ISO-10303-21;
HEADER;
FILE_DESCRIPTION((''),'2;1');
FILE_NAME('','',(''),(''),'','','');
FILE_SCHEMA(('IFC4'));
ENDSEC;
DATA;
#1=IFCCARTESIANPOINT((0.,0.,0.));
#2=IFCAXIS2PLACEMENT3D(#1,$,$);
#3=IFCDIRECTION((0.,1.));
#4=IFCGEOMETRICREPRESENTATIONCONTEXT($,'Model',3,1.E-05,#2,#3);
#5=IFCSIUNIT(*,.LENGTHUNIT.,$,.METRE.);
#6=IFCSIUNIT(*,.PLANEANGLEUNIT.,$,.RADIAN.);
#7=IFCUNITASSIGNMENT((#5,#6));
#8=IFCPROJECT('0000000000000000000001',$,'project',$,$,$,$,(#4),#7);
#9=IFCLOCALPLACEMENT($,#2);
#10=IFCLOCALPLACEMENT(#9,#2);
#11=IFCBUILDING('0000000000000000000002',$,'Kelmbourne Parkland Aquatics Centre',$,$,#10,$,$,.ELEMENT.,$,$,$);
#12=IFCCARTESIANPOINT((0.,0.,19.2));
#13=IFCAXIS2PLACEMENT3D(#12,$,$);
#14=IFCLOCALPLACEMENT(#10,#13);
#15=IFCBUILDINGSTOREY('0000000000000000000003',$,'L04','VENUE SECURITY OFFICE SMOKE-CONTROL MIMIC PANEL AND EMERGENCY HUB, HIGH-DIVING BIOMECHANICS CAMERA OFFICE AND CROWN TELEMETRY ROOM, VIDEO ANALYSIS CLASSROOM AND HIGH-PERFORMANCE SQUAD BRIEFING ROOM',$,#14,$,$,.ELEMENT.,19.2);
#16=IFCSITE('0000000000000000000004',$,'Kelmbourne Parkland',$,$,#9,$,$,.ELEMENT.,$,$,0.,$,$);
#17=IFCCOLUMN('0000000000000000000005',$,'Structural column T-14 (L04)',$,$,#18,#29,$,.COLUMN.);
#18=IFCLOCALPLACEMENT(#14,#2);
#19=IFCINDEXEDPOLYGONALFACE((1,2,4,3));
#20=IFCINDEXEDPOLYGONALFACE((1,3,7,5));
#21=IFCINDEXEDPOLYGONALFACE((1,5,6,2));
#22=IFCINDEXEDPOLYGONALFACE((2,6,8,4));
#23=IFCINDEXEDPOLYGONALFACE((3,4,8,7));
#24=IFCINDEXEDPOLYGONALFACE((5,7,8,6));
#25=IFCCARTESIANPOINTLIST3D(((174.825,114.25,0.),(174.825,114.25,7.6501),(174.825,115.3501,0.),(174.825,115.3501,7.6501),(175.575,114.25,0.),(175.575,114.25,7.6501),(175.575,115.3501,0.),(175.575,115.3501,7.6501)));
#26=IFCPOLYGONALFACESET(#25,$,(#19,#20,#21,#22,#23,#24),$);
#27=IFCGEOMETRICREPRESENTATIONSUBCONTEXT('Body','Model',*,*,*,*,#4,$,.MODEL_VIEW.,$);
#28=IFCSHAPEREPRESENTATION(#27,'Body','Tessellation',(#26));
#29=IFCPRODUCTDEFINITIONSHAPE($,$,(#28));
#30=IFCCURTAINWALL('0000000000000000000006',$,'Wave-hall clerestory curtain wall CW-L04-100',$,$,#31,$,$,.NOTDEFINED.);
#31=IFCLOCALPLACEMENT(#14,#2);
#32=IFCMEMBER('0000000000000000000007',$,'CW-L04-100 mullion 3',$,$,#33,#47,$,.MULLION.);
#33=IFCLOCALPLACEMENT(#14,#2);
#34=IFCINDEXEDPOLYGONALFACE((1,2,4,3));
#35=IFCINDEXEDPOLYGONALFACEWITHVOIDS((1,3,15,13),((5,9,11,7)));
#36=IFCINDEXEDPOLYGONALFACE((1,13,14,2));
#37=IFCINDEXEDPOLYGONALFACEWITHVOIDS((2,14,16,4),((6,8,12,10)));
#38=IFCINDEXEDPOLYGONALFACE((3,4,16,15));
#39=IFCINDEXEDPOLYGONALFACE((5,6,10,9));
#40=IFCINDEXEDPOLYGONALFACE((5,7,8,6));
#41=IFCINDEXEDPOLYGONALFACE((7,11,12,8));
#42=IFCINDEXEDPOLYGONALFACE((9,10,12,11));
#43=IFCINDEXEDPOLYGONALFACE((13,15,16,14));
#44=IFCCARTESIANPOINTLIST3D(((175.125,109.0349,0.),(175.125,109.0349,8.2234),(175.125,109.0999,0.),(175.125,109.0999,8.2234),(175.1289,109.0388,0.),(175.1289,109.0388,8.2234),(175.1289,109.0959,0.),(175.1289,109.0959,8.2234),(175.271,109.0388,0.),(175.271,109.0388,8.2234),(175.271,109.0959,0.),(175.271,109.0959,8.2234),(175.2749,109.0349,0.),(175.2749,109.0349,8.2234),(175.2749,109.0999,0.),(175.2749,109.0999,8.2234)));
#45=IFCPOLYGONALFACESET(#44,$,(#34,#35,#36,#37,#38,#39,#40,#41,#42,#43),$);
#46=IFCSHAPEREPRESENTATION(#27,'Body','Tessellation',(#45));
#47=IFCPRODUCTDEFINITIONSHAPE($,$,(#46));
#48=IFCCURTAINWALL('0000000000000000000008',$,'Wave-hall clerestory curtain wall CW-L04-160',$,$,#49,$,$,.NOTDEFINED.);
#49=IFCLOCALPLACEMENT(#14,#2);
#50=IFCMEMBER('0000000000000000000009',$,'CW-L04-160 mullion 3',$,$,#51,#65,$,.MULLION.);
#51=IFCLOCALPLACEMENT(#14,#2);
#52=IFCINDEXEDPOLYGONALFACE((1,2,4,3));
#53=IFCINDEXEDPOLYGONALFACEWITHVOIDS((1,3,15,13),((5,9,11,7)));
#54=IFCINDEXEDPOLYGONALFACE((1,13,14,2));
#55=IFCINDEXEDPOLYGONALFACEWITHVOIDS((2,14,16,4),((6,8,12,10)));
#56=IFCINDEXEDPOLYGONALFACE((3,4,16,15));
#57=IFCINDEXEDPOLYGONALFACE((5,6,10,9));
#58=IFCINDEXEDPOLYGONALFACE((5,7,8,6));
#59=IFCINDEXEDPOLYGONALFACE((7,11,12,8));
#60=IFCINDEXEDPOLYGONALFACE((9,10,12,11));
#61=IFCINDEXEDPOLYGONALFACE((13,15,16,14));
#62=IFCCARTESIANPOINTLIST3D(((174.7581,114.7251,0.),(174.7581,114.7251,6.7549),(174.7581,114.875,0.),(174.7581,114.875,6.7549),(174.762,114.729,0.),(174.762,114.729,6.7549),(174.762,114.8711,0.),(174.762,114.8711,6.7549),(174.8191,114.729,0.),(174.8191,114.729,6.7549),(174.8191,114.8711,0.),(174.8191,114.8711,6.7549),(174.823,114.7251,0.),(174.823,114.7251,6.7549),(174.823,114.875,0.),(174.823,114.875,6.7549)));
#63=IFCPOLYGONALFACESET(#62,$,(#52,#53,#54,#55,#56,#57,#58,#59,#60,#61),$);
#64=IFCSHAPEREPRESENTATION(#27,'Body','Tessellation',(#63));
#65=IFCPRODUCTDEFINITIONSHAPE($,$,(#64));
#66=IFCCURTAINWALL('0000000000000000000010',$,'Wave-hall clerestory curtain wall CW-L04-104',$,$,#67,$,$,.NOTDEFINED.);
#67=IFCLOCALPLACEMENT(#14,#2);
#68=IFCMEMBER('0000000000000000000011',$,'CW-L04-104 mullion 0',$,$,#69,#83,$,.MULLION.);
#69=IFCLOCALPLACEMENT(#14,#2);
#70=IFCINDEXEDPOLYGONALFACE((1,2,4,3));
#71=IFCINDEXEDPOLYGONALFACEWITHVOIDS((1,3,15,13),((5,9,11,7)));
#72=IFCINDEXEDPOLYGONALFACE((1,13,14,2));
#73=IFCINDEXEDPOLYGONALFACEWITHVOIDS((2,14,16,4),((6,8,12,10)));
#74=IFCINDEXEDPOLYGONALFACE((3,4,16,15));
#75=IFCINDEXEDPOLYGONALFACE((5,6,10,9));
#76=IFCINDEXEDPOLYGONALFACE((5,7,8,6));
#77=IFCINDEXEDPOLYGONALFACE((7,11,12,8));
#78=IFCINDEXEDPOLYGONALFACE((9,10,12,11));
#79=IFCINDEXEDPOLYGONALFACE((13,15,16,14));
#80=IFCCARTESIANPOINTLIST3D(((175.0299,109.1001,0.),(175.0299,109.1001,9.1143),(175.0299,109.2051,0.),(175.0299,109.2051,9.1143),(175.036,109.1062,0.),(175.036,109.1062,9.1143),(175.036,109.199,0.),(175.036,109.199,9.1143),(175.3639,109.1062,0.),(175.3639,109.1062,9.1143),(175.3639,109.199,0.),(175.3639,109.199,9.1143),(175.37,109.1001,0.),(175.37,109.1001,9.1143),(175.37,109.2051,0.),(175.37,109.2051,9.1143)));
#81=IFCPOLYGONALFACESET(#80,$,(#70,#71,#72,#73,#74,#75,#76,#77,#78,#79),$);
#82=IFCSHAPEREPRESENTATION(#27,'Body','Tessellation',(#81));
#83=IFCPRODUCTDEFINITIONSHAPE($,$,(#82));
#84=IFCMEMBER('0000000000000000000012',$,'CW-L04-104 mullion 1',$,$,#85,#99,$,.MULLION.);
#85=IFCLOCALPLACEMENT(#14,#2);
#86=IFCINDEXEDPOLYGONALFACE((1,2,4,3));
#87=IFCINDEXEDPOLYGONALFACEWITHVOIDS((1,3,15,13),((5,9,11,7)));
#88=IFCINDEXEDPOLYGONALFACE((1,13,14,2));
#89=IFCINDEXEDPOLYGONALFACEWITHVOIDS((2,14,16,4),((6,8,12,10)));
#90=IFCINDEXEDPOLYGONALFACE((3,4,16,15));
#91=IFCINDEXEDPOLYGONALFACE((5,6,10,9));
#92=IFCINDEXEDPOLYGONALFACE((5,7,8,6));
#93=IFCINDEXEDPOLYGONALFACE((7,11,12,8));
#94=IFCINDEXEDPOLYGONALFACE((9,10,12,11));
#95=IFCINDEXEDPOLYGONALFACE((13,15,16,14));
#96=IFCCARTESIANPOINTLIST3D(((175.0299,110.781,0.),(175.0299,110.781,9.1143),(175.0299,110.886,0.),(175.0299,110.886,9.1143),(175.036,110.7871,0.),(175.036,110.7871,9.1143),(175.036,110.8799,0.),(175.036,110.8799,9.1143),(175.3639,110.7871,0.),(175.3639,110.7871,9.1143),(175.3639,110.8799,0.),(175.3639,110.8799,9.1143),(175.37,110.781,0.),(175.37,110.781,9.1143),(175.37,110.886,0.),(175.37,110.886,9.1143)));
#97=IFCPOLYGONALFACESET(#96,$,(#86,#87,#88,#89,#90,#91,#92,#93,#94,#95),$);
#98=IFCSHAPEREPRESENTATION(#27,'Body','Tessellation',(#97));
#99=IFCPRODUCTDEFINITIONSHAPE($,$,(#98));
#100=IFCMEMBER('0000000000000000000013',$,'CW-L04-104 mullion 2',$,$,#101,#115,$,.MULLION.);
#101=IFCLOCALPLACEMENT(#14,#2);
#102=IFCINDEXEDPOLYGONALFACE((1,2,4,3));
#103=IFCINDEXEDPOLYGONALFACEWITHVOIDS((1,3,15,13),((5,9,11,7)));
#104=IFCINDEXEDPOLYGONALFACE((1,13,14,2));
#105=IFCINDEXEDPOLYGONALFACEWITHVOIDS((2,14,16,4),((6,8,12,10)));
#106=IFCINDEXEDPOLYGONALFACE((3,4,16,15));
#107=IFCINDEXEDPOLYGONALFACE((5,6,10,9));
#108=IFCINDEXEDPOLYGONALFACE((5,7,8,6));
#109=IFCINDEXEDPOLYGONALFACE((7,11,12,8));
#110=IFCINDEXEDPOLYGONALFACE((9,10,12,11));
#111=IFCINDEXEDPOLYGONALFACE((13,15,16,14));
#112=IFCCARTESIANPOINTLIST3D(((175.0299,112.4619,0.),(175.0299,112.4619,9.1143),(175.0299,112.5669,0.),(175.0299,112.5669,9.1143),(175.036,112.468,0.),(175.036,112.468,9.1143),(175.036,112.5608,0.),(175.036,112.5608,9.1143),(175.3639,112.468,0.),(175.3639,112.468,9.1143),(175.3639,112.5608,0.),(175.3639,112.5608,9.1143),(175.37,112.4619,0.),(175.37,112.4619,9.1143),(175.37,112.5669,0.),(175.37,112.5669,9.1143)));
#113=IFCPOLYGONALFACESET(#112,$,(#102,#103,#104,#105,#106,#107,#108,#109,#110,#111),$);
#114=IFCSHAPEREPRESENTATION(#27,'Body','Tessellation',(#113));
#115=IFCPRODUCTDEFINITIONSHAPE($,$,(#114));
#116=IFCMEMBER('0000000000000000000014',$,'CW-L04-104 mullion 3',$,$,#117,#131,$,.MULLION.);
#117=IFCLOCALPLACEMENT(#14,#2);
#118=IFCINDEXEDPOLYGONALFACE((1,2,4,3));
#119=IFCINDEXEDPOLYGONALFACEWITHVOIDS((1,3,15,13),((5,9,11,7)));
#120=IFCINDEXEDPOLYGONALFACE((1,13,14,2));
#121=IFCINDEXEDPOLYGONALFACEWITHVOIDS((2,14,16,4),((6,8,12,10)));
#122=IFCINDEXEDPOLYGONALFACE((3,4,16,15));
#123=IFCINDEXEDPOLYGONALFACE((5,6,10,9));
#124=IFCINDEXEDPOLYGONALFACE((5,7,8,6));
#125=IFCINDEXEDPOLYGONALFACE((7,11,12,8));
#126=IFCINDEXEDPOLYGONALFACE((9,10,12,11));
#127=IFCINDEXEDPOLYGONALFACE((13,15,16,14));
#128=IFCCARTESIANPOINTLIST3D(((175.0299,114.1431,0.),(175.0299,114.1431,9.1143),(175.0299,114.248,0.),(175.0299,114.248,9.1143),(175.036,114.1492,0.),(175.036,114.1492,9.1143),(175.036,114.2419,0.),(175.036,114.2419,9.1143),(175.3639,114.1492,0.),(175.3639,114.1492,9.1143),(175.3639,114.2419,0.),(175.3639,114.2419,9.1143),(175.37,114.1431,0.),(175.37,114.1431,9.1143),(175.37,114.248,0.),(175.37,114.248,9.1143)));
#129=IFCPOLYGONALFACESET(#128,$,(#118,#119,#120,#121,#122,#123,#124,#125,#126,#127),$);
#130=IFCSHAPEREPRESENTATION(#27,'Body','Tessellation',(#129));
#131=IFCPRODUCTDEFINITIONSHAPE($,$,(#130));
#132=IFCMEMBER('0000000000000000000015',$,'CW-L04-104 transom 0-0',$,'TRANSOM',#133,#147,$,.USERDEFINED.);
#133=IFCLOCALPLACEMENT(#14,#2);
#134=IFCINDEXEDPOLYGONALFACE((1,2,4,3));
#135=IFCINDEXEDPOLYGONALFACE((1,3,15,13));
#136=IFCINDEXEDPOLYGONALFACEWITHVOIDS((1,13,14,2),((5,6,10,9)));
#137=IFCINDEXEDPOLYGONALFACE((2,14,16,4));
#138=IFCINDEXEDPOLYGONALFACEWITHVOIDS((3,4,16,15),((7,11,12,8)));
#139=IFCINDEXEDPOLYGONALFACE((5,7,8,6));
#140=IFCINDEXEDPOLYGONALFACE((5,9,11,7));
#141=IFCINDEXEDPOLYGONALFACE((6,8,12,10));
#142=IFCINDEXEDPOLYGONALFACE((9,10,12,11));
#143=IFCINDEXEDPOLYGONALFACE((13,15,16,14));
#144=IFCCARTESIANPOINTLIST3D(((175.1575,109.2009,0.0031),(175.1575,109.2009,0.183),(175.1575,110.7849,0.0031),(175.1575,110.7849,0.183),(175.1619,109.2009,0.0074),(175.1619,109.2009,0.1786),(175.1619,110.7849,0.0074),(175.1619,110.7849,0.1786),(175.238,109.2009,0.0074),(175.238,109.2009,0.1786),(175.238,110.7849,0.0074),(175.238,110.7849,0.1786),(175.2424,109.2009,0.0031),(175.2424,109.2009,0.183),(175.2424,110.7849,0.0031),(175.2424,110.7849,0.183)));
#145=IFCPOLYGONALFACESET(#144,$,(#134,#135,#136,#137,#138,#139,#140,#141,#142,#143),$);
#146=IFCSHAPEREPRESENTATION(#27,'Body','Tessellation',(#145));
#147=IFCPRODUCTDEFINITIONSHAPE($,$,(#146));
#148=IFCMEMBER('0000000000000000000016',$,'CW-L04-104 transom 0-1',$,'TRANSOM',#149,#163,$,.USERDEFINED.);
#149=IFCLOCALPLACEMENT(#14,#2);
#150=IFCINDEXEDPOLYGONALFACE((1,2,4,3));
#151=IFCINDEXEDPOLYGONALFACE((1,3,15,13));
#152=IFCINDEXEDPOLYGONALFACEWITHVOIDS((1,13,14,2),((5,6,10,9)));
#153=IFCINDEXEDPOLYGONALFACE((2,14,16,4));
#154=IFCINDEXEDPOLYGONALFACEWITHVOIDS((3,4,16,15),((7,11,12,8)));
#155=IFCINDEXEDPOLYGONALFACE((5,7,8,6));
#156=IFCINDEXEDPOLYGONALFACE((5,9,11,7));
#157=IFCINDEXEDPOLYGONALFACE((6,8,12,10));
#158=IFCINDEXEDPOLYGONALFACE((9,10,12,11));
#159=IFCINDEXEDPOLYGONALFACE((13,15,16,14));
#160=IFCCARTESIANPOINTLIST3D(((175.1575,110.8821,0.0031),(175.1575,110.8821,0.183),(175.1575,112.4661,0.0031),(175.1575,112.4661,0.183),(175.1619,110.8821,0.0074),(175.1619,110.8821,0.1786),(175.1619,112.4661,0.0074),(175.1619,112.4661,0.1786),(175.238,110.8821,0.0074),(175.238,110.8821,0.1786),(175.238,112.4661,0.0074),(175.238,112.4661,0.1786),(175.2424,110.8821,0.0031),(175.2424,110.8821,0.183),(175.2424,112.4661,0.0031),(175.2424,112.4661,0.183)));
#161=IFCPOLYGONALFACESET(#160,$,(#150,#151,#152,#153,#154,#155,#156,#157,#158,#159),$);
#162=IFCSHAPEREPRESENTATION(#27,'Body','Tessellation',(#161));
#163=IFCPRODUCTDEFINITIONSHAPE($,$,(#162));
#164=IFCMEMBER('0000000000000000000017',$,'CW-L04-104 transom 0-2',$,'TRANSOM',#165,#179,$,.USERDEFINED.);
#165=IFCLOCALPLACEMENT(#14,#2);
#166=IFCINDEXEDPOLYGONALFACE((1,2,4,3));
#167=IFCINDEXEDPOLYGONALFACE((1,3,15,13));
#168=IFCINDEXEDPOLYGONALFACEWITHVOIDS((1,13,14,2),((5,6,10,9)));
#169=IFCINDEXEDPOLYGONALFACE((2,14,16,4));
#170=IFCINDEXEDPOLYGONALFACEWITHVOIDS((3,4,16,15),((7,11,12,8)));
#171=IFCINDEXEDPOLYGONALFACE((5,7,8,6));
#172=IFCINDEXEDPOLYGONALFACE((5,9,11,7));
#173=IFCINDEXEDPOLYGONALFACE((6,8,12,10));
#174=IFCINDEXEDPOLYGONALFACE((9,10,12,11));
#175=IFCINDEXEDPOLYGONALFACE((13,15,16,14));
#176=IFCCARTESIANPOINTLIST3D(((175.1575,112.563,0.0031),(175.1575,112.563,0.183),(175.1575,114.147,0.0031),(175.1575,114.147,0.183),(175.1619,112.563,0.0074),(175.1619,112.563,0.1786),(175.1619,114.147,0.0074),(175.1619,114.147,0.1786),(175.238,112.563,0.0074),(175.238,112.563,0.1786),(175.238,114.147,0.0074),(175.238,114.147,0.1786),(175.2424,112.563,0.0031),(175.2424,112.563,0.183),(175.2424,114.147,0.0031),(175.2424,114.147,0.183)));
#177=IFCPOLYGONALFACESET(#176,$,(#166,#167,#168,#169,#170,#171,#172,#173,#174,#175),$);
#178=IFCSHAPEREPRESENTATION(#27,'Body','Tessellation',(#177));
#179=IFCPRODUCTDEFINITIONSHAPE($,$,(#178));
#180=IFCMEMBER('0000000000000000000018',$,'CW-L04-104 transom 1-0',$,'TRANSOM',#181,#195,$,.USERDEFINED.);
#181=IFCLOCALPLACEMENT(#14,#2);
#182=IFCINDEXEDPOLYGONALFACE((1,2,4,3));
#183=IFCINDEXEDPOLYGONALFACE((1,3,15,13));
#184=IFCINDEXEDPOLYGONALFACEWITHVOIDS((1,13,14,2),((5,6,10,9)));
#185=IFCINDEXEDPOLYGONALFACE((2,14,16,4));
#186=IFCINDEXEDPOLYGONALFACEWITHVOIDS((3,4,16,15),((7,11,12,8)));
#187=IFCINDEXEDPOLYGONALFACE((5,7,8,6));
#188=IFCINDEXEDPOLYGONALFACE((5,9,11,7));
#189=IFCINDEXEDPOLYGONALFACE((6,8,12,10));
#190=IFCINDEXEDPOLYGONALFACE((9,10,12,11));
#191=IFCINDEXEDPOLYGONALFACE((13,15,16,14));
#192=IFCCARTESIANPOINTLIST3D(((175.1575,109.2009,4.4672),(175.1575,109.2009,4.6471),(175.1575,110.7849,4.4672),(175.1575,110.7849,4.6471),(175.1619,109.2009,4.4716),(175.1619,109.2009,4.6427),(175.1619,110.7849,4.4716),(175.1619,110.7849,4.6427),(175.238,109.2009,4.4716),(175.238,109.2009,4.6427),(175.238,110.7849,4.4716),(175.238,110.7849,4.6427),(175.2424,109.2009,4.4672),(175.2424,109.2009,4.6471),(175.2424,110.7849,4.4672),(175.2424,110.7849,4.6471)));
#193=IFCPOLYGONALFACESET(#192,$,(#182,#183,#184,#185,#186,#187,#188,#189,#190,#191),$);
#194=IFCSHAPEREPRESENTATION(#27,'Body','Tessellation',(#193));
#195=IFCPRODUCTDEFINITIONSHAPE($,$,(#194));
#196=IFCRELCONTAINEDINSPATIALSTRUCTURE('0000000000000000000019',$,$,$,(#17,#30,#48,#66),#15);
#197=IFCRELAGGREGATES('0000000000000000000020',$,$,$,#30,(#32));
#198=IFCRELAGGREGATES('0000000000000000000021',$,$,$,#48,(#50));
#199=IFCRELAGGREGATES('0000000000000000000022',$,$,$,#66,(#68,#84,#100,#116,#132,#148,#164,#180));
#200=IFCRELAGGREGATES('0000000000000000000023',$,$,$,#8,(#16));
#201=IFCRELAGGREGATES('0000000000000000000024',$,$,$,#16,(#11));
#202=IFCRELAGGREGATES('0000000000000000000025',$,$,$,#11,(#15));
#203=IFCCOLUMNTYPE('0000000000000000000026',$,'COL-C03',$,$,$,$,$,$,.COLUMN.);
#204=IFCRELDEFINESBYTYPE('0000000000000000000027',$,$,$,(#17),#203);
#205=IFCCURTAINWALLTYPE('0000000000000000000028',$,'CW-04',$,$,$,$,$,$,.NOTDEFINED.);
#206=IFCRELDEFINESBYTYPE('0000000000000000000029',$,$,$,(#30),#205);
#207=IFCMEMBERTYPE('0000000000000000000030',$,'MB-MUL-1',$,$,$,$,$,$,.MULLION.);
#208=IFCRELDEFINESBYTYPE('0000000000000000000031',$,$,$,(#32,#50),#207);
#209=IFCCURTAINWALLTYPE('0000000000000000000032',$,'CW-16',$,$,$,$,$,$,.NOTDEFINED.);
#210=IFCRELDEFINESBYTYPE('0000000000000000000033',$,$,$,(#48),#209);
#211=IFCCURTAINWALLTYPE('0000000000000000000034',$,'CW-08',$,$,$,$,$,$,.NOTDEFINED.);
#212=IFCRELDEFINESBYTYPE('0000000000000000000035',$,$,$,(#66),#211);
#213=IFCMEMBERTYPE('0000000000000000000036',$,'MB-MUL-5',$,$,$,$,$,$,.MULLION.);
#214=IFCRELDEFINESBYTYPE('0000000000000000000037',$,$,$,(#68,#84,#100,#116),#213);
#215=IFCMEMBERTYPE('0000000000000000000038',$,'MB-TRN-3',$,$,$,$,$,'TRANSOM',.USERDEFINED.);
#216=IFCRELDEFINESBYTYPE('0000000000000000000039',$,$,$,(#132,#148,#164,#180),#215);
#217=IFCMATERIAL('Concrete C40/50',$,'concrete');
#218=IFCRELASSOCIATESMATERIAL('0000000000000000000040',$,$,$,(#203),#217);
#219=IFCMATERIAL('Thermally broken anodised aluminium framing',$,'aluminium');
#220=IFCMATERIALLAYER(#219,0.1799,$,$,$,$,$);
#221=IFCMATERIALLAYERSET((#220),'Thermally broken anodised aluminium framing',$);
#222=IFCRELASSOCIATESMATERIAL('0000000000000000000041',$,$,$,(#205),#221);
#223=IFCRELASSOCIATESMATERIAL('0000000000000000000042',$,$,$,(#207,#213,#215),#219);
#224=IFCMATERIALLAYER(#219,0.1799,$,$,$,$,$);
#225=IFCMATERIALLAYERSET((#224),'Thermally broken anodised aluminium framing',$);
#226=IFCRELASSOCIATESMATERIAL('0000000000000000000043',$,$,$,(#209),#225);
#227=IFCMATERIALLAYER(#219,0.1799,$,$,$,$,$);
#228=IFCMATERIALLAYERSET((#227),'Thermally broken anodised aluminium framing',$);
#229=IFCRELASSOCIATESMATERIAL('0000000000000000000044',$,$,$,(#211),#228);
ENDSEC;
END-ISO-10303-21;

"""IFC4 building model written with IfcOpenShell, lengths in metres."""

from ifc_helpers import new_model, si_unit, direction, frame, origin, origin_2d, place, context, subcontext, project, spatial, rectangle, hollow_rectangle, extrude, material, layer, layer_set, material_profile, profile_set, type_object, element, aggregate, save


model = new_model("IFC4")

# Units and contexts
model_context = context("Model", 3, precision=1e-05, world=origin(), true_north=direction((0.0, 1.0)))
body_context = subcontext(model_context, "Body", "Model", "MODEL_VIEW")
ifc_project = project(units=[si_unit("LENGTHUNIT", "METRE"), si_unit("PLANEANGLEUNIT", "RADIAN")], contexts=[model_context])

# Site, building, storey
site_placement = place(None, origin())
site = spatial("IfcSite", under=ifc_project, at=site_placement, Name="Kelmbourne Parkland", CompositionType="ELEMENT", RefElevation=0.0)
building_placement = place(site_placement, origin())
building = spatial("IfcBuilding", under=site, at=building_placement, Name="Kelmbourne Parkland Aquatics Centre", CompositionType="ELEMENT")
storey_placement = place(building_placement, frame((0.0, 0.0, 19.2)))
storey = spatial("IfcBuildingStorey", under=building, at=storey_placement, Name="L04", Description="VENUE SECURITY OFFICE SMOKE-CONTROL MIMIC PANEL AND EMERGENCY HUB, HIGH-DIVING BIOMECHANICS CAMERA OFFICE AND CROWN TELEMETRY ROOM, VIDEO ANALYSIS CLASSROOM AND HIGH-PERFORMANCE SQUAD BRIEFING ROOM", CompositionType="ELEMENT", Elevation=19.2)

# Column
ifc_material_1 = material(Name="Concrete C40/50", Category="concrete")
ifc_material_profile_1 = material_profile(ifc_material_1, rectangle(XDim=0.75, YDim=1.1001, at=origin_2d()), Name="RC 750x1100")
ifc_profile_set_1 = profile_set([ifc_material_profile_1], Name="Concrete C40/50")
column_type = type_object("IfcColumnType", Name="COL-C03", PredefinedType="COLUMN", material=ifc_profile_set_1)
column_placement = place(storey_placement, frame((175.2, 114.8, 0.0), z_axis=(0.0, 0.0, 1.0), x_axis=(1.0, 0.0, 0.0)))
element("IfcColumn", 1, at=column_placement, inside=storey, type_object=column_type, Name="Structural column T-14 (L04)", PredefinedType="COLUMN", context=body_context, shape_type="SweptSolid", body=[
    extrude(rectangle(XDim=0.75, YDim=1.1001, at=origin_2d()), origin(), (0.0, 0.0, 1.0), 7.6501),
])

# Curtain walls, members
ifc_material_2 = material(Name="Thermally broken anodised aluminium framing", Category="aluminium")
ifc_layer_1 = layer(ifc_material_2, 0.1799)
ifc_layer_set_1 = layer_set([ifc_layer_1], Name="Thermally broken anodised aluminium framing")
curtain_wall_type_1 = type_object("IfcCurtainWallType", Name="CW-04", PredefinedType="NOTDEFINED", material=ifc_layer_set_1)
curtain_wall_1_placement = place(storey_placement, origin())
curtain_wall_1 = element("IfcCurtainWall", 2, at=curtain_wall_1_placement, inside=storey, type_object=curtain_wall_type_1, Name="Wave-hall clerestory curtain wall CW-L04-100", PredefinedType="NOTDEFINED")
ifc_material_profile_2 = material_profile(ifc_material_2, hollow_rectangle(XDim=0.0649, YDim=0.1499, WallThickness=0.0039, at=origin_2d()), Name="CW-M 65x150")
ifc_profile_set_2 = profile_set([ifc_material_profile_2], Name="Thermally broken anodised aluminium framing")
member_type_1 = type_object("IfcMemberType", Name="MB-MUL-1", PredefinedType="MULLION", material=ifc_profile_set_2)
member_1_placement = place(storey_placement, frame((175.2, 109.0674, 0.0), z_axis=(0.0, 0.0, 1.0), x_axis=(0.0, 1.0, 0.0)))
member_1 = element("IfcMember", 3, at=member_1_placement, type_object=member_type_1, Name="CW-L04-100 mullion 3", PredefinedType="MULLION", context=body_context, shape_type="SweptSolid", body=[
    extrude(hollow_rectangle(XDim=0.0649, YDim=0.1499, WallThickness=0.0039, at=origin_2d()), origin(), (0.0, 0.0, 1.0), 8.2234),
])
aggregate(curtain_wall_1, [member_1])
ifc_layer_2 = layer(ifc_material_2, 0.1799)
ifc_layer_set_2 = layer_set([ifc_layer_2], Name="Thermally broken anodised aluminium framing")
curtain_wall_type_2 = type_object("IfcCurtainWallType", Name="CW-16", PredefinedType="NOTDEFINED", material=ifc_layer_set_2)
curtain_wall_2_placement = place(storey_placement, origin())
curtain_wall_2 = element("IfcCurtainWall", 4, at=curtain_wall_2_placement, inside=storey, type_object=curtain_wall_type_2, Name="Wave-hall clerestory curtain wall CW-L04-160", PredefinedType="NOTDEFINED")
member_2_placement = place(storey_placement, frame((174.7905, 114.8, 0.0), z_axis=(0.0, 0.0, 1.0), x_axis=(1.0, 0.0, 0.0)))
member_2 = element("IfcMember", 5, at=member_2_placement, type_object=member_type_1, Name="CW-L04-160 mullion 3", PredefinedType="MULLION", context=body_context, shape_type="SweptSolid", body=[
    extrude(hollow_rectangle(XDim=0.0649, YDim=0.1499, WallThickness=0.0039, at=origin_2d()), origin(), (0.0, 0.0, 1.0), 6.7549),
])
aggregate(curtain_wall_2, [member_2])

# Curtain wall, members
ifc_layer_3 = layer(ifc_material_2, 0.1799)
ifc_layer_set_3 = layer_set([ifc_layer_3], Name="Thermally broken anodised aluminium framing")
curtain_wall_type_3 = type_object("IfcCurtainWallType", Name="CW-08", PredefinedType="NOTDEFINED", material=ifc_layer_set_3)
curtain_wall_3_placement = place(storey_placement, origin())
curtain_wall_3 = element("IfcCurtainWall", 6, at=curtain_wall_3_placement, inside=storey, type_object=curtain_wall_type_3, Name="Wave-hall clerestory curtain wall CW-L04-104", PredefinedType="NOTDEFINED")
ifc_material_profile_3 = material_profile(ifc_material_2, hollow_rectangle(XDim=0.105, YDim=0.3401, WallThickness=0.0061, at=origin_2d()), Name="CW-M 105x340")
ifc_profile_set_3 = profile_set([ifc_material_profile_3], Name="Thermally broken anodised aluminium framing")
member_type_2 = type_object("IfcMemberType", Name="MB-MUL-5", PredefinedType="MULLION", material=ifc_profile_set_3)
member_3_placement = place(storey_placement, frame((175.2, 109.1526, 0.0), z_axis=(0.0, 0.0, 1.0), x_axis=(0.0, 1.0, 0.0)))
member_3 = element("IfcMember", 7, at=member_3_placement, type_object=member_type_2, Name="CW-L04-104 mullion 0", PredefinedType="MULLION", context=body_context, shape_type="SweptSolid", body=[
    extrude(hollow_rectangle(XDim=0.105, YDim=0.3401, WallThickness=0.0061, at=origin_2d()), origin(), (0.0, 0.0, 1.0), 9.1143),
])
member_4_placement = place(storey_placement, frame((175.2, 110.8335, 0.0), z_axis=(0.0, 0.0, 1.0), x_axis=(0.0, 1.0, 0.0)))
member_4 = element("IfcMember", 8, at=member_4_placement, type_object=member_type_2, Name="CW-L04-104 mullion 1", PredefinedType="MULLION", context=body_context, shape_type="SweptSolid", body=[
    extrude(hollow_rectangle(XDim=0.105, YDim=0.3401, WallThickness=0.0061, at=origin_2d()), origin(), (0.0, 0.0, 1.0), 9.1143),
])
member_5_placement = place(storey_placement, frame((175.2, 112.5144, 0.0), z_axis=(0.0, 0.0, 1.0), x_axis=(0.0, 1.0, 0.0)))
member_5 = element("IfcMember", 9, at=member_5_placement, type_object=member_type_2, Name="CW-L04-104 mullion 2", PredefinedType="MULLION", context=body_context, shape_type="SweptSolid", body=[
    extrude(hollow_rectangle(XDim=0.105, YDim=0.3401, WallThickness=0.0061, at=origin_2d()), origin(), (0.0, 0.0, 1.0), 9.1143),
])
member_6_placement = place(storey_placement, frame((175.2, 114.1956, 0.0), z_axis=(0.0, 0.0, 1.0), x_axis=(0.0, 1.0, 0.0)))
member_6 = element("IfcMember", 10, at=member_6_placement, type_object=member_type_2, Name="CW-L04-104 mullion 3", PredefinedType="MULLION", context=body_context, shape_type="SweptSolid", body=[
    extrude(hollow_rectangle(XDim=0.105, YDim=0.3401, WallThickness=0.0061, at=origin_2d()), origin(), (0.0, 0.0, 1.0), 9.1143),
])
ifc_material_profile_4 = material_profile(ifc_material_2, hollow_rectangle(XDim=0.085, YDim=0.1799, WallThickness=0.0044, at=origin_2d()), Name="CW-T 85x180")
ifc_profile_set_4 = profile_set([ifc_material_profile_4], Name="Thermally broken anodised aluminium framing")
member_type_3 = type_object("IfcMemberType", Name="MB-TRN-3", ElementType="TRANSOM", PredefinedType="USERDEFINED", material=ifc_profile_set_4)
member_7_placement = place(storey_placement, frame((175.2, 109.2009, 0.093), z_axis=(0.0, 1.0, 0.0), x_axis=(-1.0, 0.0, 0.0)))
member_7 = element("IfcMember", 11, at=member_7_placement, type_object=member_type_3, Name="CW-L04-104 transom 0-0", ObjectType="TRANSOM", PredefinedType="USERDEFINED", context=body_context, shape_type="SweptSolid", body=[
    extrude(hollow_rectangle(XDim=0.085, YDim=0.1799, WallThickness=0.0044, at=origin_2d()), origin(), (0.0, 0.0, 1.0), 1.584),
])
member_8_placement = place(storey_placement, frame((175.2, 110.8821, 0.093), z_axis=(0.0, 1.0, 0.0), x_axis=(-1.0, 0.0, 0.0)))
member_8 = element("IfcMember", 12, at=member_8_placement, type_object=member_type_3, Name="CW-L04-104 transom 0-1", ObjectType="TRANSOM", PredefinedType="USERDEFINED", context=body_context, shape_type="SweptSolid", body=[
    extrude(hollow_rectangle(XDim=0.085, YDim=0.1799, WallThickness=0.0044, at=origin_2d()), origin(), (0.0, 0.0, 1.0), 1.584),
])
member_9_placement = place(storey_placement, frame((175.2, 112.563, 0.093), z_axis=(0.0, 1.0, 0.0), x_axis=(-1.0, 0.0, 0.0)))
member_9 = element("IfcMember", 13, at=member_9_placement, type_object=member_type_3, Name="CW-L04-104 transom 0-2", ObjectType="TRANSOM", PredefinedType="USERDEFINED", context=body_context, shape_type="SweptSolid", body=[
    extrude(hollow_rectangle(XDim=0.085, YDim=0.1799, WallThickness=0.0044, at=origin_2d()), origin(), (0.0, 0.0, 1.0), 1.584),
])
member_10_placement = place(storey_placement, frame((175.2, 109.2009, 4.5571), z_axis=(0.0, 1.0, 0.0), x_axis=(-1.0, 0.0, 0.0)))
member_10 = element("IfcMember", 14, at=member_10_placement, type_object=member_type_3, Name="CW-L04-104 transom 1-0", ObjectType="TRANSOM", PredefinedType="USERDEFINED", context=body_context, shape_type="SweptSolid", body=[
    extrude(hollow_rectangle(XDim=0.085, YDim=0.1799, WallThickness=0.0044, at=origin_2d()), origin(), (0.0, 0.0, 1.0), 1.584),
])
aggregate(curtain_wall_3, [member_3, member_4, member_5, member_6, member_7, member_8, member_9, member_10])

save(model, "model.ifc")
